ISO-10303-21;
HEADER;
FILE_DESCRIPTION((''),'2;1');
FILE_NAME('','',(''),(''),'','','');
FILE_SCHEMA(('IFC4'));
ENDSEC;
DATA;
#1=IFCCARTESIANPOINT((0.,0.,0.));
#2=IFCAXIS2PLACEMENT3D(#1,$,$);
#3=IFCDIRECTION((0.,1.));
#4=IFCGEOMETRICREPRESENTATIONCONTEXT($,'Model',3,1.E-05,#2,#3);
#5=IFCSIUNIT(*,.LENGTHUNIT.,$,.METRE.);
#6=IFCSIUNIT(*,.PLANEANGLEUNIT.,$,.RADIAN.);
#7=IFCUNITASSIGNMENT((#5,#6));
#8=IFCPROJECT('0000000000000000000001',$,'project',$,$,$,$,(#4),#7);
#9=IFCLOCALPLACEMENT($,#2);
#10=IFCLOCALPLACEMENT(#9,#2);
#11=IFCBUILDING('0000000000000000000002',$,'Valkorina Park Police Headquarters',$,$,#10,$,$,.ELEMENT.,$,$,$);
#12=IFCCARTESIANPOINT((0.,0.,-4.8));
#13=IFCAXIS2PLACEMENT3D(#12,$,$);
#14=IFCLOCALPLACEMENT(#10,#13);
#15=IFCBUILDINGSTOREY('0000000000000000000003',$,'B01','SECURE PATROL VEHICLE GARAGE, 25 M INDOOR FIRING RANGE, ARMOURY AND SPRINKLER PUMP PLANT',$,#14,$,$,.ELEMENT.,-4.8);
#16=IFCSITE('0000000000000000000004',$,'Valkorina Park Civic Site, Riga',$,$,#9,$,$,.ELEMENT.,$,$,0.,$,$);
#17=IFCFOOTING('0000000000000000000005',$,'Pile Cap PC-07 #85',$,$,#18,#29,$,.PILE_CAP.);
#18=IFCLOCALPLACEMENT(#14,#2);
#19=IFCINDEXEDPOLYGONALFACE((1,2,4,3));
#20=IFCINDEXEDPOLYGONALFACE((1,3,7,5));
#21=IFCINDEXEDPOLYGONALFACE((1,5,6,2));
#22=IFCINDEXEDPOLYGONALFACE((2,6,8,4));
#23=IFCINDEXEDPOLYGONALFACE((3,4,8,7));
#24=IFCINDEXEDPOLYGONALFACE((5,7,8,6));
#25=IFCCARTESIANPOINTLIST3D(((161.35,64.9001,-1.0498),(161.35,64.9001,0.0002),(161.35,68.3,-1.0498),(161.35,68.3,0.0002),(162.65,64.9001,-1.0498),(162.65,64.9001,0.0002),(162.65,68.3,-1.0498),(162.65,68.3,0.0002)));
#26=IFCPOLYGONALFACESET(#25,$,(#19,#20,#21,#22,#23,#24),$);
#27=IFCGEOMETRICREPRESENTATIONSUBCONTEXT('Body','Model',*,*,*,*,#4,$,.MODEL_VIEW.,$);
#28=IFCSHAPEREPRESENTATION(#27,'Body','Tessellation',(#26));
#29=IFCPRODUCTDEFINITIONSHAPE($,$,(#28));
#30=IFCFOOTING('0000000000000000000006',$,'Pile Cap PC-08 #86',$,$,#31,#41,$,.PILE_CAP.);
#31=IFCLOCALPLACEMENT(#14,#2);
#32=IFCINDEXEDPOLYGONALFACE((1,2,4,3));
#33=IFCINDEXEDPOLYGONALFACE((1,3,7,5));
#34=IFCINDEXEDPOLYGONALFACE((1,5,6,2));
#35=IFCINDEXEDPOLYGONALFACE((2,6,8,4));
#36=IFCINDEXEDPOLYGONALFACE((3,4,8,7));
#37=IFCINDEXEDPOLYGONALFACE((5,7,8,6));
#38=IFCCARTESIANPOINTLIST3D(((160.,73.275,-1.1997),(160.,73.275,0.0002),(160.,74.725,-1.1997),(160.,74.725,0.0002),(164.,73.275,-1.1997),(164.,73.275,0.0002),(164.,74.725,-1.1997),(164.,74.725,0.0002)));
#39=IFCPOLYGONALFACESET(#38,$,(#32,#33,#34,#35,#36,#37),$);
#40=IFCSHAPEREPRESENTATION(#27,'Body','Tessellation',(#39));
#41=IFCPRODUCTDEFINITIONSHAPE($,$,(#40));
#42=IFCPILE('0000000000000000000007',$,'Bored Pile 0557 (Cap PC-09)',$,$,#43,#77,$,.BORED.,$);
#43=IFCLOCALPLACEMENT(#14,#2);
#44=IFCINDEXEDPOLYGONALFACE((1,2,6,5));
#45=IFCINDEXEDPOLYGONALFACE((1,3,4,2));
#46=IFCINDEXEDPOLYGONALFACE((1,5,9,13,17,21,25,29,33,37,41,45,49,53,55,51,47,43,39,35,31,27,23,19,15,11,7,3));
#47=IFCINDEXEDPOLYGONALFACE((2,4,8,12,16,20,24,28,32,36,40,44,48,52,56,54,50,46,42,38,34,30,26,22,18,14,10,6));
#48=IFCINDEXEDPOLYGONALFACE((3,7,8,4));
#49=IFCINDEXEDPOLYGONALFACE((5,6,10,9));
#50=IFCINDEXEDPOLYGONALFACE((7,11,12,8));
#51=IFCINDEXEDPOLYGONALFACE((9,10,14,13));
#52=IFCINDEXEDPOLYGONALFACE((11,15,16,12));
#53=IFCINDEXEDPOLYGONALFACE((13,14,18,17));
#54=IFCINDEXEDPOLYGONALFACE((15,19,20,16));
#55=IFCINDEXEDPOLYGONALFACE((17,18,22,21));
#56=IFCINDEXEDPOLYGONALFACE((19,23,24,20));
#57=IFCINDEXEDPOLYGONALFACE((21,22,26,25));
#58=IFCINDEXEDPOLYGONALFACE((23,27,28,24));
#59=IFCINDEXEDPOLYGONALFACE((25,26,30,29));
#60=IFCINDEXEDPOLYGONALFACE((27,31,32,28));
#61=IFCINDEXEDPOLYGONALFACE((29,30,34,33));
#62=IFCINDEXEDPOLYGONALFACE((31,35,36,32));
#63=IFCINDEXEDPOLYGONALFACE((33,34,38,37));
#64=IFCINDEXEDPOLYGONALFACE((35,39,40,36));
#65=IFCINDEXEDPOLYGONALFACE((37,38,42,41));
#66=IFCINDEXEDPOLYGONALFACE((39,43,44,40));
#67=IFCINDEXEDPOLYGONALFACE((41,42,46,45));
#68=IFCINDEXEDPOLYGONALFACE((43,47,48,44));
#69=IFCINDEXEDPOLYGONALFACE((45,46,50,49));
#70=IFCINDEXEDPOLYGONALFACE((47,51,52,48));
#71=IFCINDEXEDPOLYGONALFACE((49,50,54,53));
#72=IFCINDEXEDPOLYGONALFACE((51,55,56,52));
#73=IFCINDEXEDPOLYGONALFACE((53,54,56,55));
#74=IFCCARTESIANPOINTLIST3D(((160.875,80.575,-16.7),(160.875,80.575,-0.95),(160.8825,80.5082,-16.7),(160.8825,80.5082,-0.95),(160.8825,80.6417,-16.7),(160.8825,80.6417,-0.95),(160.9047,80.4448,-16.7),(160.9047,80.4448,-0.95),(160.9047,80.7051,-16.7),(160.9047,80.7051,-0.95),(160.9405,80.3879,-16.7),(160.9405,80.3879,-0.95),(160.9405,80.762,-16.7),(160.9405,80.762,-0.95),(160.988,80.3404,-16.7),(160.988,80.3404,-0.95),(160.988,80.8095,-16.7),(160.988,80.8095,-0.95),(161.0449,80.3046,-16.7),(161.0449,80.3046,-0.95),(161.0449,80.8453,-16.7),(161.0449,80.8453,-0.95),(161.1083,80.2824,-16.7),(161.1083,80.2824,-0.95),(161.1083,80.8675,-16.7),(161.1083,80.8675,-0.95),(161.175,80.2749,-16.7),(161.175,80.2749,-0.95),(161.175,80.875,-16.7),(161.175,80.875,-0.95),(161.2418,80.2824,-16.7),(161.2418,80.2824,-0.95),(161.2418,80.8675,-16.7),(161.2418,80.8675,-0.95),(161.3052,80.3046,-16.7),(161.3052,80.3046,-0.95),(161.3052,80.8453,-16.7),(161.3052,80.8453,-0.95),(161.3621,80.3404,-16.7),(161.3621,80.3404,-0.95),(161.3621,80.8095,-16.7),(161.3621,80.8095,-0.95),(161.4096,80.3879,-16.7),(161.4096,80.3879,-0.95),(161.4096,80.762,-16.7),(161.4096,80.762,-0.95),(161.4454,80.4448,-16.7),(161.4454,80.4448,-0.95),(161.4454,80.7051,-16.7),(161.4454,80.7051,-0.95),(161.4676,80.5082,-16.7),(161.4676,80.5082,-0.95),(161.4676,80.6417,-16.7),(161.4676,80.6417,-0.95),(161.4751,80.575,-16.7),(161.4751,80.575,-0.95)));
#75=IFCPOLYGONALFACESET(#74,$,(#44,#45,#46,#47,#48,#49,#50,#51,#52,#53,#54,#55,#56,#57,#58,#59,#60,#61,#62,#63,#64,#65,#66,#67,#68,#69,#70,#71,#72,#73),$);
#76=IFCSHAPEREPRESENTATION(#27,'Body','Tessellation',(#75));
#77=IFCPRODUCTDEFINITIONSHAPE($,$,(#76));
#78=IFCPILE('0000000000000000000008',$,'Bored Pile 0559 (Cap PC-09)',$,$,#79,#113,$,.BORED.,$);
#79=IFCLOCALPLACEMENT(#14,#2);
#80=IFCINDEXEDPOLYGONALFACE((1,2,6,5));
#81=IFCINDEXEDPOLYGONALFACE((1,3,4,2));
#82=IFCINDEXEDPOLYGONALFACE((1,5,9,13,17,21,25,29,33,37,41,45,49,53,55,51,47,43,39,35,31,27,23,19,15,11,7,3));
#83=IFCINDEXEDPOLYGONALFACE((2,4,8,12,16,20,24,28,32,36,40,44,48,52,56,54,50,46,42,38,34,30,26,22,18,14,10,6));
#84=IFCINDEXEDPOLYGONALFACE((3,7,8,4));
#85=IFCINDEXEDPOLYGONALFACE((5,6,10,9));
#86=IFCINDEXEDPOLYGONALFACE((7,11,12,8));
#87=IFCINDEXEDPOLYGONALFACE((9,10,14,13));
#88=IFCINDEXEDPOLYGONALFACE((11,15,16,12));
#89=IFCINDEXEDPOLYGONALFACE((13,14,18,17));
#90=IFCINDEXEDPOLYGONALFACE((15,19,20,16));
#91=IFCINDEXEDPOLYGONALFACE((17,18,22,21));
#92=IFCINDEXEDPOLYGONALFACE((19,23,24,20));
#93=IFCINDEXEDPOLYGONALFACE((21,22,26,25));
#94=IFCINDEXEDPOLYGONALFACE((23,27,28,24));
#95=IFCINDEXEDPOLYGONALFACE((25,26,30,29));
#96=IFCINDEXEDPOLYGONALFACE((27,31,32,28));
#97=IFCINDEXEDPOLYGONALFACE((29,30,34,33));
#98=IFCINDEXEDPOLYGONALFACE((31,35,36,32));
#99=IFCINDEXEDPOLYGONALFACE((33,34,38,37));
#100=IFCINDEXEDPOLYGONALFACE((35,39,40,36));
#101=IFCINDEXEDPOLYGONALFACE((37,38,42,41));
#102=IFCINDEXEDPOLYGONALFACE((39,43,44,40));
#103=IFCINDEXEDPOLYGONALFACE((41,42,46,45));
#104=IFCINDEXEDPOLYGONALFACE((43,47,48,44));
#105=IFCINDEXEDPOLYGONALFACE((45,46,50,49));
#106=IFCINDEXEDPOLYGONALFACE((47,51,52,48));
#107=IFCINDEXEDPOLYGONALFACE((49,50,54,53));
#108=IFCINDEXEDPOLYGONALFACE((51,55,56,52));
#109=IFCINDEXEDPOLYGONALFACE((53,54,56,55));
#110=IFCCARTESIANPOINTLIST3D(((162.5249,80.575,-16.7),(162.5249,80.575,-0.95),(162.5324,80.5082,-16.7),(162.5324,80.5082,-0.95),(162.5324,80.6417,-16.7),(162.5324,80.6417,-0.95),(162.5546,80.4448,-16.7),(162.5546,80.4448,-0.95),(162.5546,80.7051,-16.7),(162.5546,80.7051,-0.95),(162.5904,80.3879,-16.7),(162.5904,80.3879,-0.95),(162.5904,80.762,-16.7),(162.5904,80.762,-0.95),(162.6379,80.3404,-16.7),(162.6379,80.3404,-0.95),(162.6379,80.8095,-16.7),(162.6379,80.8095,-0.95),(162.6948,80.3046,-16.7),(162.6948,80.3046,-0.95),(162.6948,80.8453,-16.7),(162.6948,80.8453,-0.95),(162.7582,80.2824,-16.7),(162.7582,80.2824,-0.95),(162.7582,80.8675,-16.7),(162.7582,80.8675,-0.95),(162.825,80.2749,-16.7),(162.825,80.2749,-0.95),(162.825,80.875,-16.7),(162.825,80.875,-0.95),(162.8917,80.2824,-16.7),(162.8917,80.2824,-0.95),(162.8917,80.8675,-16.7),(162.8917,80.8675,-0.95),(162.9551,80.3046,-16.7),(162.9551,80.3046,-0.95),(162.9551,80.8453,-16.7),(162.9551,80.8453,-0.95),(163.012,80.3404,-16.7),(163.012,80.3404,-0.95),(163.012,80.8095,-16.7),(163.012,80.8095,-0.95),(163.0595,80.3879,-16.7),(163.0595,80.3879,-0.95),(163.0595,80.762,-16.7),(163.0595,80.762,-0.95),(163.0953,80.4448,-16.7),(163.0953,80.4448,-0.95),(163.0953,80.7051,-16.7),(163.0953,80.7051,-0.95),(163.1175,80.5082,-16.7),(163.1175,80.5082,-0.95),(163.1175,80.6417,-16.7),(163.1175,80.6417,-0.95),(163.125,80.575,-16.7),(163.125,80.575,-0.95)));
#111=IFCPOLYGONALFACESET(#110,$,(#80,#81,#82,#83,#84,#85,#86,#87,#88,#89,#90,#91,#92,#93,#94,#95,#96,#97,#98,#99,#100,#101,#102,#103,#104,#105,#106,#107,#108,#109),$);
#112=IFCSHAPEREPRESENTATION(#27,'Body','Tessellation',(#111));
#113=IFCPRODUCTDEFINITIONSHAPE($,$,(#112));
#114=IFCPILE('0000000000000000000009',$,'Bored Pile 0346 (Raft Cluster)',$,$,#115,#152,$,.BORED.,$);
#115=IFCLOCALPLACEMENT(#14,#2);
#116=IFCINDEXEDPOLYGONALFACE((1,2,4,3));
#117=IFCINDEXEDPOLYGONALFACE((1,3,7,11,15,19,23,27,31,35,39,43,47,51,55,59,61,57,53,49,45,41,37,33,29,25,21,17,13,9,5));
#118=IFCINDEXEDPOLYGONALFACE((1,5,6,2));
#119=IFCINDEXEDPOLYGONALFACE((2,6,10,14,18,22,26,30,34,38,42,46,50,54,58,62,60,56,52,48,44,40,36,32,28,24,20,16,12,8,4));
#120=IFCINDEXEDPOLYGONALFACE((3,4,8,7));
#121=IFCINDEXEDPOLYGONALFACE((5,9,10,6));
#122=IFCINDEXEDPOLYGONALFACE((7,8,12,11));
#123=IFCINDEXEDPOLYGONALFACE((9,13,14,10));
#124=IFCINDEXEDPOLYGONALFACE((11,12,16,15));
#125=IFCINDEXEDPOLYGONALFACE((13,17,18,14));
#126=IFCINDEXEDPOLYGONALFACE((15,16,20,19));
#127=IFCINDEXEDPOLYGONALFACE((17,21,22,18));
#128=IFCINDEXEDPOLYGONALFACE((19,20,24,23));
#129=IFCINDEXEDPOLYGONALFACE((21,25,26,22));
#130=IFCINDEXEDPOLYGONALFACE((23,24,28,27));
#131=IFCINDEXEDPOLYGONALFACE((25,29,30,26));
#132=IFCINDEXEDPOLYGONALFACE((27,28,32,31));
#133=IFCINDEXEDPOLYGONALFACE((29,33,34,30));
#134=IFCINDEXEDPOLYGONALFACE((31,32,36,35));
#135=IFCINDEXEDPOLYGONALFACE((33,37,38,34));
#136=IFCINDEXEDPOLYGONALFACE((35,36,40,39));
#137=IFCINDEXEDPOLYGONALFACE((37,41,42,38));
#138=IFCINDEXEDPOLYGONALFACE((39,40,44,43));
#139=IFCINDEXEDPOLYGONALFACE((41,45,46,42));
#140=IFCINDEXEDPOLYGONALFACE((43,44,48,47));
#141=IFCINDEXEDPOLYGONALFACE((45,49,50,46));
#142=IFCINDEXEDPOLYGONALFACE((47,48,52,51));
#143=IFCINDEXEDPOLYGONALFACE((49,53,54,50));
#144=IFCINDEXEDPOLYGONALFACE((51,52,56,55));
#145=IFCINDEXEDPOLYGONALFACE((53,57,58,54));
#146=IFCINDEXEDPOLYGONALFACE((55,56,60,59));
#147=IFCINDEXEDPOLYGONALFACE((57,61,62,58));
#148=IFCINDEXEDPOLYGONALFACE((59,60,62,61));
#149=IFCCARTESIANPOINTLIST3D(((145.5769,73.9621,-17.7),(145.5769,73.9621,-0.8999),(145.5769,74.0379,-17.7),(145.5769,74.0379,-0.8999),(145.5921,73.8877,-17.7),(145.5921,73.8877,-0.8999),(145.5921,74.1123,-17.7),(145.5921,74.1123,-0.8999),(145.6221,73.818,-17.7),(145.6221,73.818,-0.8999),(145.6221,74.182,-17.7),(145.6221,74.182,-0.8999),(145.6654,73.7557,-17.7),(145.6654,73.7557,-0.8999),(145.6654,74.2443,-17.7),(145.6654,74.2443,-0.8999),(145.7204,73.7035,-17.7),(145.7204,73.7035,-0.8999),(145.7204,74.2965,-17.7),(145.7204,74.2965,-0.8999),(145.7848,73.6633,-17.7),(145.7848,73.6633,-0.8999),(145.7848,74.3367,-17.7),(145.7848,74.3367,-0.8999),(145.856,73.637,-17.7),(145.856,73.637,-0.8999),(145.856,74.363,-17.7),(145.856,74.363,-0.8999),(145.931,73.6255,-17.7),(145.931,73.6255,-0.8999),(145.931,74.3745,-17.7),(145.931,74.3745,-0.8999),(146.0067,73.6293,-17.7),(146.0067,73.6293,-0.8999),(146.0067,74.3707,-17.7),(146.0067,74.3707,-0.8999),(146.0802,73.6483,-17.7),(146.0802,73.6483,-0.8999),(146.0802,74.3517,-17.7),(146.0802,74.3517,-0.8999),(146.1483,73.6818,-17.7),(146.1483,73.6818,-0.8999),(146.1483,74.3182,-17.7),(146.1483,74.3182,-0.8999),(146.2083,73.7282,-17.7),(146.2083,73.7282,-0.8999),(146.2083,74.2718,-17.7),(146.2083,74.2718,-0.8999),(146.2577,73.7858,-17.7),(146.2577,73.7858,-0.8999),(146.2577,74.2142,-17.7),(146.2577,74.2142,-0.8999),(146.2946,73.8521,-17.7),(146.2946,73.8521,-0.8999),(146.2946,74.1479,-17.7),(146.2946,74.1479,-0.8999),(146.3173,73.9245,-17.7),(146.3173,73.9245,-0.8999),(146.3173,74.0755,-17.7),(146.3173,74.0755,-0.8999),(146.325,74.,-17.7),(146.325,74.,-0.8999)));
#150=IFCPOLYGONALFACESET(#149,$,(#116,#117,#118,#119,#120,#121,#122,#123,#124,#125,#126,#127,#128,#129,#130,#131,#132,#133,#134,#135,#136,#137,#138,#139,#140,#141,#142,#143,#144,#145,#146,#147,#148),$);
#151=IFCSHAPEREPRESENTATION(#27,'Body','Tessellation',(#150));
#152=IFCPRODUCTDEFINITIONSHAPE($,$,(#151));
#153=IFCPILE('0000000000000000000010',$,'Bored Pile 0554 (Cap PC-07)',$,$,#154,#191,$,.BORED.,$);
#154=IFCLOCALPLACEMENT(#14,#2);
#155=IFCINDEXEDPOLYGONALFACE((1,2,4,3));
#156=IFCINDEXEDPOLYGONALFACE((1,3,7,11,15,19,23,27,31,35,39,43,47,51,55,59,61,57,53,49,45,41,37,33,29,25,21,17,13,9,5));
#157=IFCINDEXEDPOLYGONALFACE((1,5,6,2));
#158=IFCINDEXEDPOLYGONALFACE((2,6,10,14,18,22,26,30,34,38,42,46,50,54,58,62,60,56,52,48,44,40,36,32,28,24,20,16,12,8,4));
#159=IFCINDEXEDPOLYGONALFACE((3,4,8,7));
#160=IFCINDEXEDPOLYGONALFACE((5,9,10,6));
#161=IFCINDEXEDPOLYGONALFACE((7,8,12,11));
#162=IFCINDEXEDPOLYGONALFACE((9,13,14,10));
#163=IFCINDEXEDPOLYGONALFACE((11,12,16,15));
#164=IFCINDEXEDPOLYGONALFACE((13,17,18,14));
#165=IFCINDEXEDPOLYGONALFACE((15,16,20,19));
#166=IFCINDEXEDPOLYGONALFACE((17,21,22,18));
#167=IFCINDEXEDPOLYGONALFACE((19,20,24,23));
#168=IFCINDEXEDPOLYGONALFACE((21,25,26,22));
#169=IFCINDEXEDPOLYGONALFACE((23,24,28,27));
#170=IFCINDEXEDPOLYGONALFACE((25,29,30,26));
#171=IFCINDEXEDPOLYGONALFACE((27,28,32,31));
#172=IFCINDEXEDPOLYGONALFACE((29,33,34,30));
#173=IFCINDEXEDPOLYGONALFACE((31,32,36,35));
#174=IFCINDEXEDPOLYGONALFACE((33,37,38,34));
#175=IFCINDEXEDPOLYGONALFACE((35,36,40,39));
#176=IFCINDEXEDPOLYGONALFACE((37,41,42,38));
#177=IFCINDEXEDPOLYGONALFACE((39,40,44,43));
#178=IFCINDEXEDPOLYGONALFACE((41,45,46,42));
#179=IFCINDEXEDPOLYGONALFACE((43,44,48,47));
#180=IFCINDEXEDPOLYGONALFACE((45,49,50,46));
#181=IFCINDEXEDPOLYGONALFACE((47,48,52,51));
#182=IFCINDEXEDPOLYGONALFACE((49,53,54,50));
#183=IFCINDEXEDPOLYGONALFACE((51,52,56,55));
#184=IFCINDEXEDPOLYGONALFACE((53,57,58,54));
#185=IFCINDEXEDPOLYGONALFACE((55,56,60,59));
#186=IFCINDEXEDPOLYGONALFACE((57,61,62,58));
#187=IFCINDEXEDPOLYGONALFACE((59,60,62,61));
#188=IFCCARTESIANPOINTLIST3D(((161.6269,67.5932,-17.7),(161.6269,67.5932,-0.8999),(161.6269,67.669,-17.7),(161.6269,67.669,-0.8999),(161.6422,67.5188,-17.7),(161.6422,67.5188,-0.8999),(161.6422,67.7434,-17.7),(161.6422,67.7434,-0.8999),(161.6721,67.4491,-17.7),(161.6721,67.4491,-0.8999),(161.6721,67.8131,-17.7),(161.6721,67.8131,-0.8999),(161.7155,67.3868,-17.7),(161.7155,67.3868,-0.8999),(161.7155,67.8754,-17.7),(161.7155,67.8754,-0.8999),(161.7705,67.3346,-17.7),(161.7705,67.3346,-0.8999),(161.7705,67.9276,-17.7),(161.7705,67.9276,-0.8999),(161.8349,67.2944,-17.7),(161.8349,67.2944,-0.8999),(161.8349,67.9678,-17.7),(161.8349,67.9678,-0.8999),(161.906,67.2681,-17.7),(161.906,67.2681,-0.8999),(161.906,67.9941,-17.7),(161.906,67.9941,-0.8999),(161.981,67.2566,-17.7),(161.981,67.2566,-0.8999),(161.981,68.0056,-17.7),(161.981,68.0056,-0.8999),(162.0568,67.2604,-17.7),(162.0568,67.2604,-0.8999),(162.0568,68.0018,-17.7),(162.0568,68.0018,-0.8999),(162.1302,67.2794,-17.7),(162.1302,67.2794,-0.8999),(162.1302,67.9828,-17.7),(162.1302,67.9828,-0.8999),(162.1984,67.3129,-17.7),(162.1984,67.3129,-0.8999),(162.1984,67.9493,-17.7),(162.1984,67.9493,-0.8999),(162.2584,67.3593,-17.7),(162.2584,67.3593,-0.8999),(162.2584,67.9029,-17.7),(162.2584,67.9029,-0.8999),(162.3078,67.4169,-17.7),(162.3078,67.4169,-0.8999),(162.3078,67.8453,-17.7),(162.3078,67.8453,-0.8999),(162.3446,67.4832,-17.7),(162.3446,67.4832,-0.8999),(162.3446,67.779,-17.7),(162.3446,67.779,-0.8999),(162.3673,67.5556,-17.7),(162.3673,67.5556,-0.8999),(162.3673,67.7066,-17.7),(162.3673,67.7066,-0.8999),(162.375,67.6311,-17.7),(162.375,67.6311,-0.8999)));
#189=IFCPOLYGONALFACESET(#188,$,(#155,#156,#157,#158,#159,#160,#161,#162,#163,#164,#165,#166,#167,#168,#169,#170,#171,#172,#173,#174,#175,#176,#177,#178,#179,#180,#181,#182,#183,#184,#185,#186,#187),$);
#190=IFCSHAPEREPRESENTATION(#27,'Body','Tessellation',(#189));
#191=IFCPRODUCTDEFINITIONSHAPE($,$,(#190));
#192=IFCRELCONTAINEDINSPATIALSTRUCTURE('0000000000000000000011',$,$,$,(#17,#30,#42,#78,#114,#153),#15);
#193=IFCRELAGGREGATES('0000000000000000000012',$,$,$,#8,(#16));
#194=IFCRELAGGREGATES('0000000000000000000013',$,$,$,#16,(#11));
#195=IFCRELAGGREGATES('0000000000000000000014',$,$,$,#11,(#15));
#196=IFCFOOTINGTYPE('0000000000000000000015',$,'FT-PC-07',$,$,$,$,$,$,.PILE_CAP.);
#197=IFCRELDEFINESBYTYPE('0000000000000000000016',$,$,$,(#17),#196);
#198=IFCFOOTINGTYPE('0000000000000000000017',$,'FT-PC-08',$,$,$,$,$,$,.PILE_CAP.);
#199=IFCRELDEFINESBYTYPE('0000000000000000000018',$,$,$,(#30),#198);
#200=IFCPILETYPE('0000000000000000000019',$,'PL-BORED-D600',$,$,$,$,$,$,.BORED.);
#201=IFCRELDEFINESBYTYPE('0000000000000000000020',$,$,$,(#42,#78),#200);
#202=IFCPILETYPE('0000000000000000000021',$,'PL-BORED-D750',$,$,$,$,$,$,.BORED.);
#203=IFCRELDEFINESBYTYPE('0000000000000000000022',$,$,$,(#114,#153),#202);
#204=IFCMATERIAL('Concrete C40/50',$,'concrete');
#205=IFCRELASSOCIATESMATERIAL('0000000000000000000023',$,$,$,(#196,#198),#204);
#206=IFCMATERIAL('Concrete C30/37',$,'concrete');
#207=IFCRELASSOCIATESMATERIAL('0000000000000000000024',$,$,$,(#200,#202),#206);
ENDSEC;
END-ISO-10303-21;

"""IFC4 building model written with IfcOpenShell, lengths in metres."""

from ifc_helpers import new_model, si_unit, direction, frame, origin, origin_2d, place, context, subcontext, project, spatial, rectangle, circle, extrude, material, material_profile, profile_set, type_object, element, save


model = new_model("IFC4")

# Units and contexts
model_context = context("Model", 3, precision=1e-05, world=origin(), true_north=direction((0.0, 1.0)))
body_context = subcontext(model_context, "Body", "Model", "MODEL_VIEW")
ifc_project = project(units=[si_unit("LENGTHUNIT", "METRE"), si_unit("PLANEANGLEUNIT", "RADIAN")], contexts=[model_context])

# Site, building, storey
site_placement = place(None, origin())
site = spatial("IfcSite", under=ifc_project, at=site_placement, Name="Valkorina Park Civic Site, Riga", CompositionType="ELEMENT", RefElevation=0.0)
building_placement = place(site_placement, origin())
building = spatial("IfcBuilding", under=site, at=building_placement, Name="Valkorina Park Police Headquarters", CompositionType="ELEMENT")
storey_placement = place(building_placement, frame((0.0, 0.0, -4.8)))
storey = spatial("IfcBuildingStorey", under=building, at=storey_placement, Name="B01", Description="SECURE PATROL VEHICLE GARAGE, 25 M INDOOR FIRING RANGE, ARMOURY AND SPRINKLER PUMP PLANT", CompositionType="ELEMENT", Elevation=-4.8)

# Footings
ifc_material_1 = material(Name="Concrete C40/50", Category="concrete")
footing_type_1 = type_object("IfcFootingType", Name="FT-PC-07", PredefinedType="PILE_CAP", material=ifc_material_1)
footing_1_placement = place(storey_placement, frame((162.0, 66.6001, -1.0498), z_axis=(0.0, 0.0, 1.0), x_axis=(1.0, 0.0, 0.0)))
element("IfcFooting", 1, at=footing_1_placement, inside=storey, type_object=footing_type_1, Name="Pile Cap PC-07 #85", PredefinedType="PILE_CAP", context=body_context, shape_type="SweptSolid", body=[
    extrude(rectangle(XDim=1.3, YDim=3.3999, at=origin_2d()), origin(), (0.0, 0.0, 1.0), 1.05),
])
footing_type_2 = type_object("IfcFootingType", Name="FT-PC-08", PredefinedType="PILE_CAP", material=ifc_material_1)
footing_2_placement = place(storey_placement, frame((162.0, 74.0, -1.1997), z_axis=(0.0, 0.0, 1.0), x_axis=(1.0, 0.0, 0.0)))
element("IfcFooting", 2, at=footing_2_placement, inside=storey, type_object=footing_type_2, Name="Pile Cap PC-08 #86", PredefinedType="PILE_CAP", context=body_context, shape_type="SweptSolid", body=[
    extrude(rectangle(XDim=4.0, YDim=1.45, at=origin_2d()), origin(), (0.0, 0.0, 1.0), 1.2),
])

# Piles
ifc_material_2 = material(Name="Concrete C30/37", Category="concrete")
ifc_material_profile_1 = material_profile(ifc_material_2, circle(Radius=0.3, at=origin_2d()), Name="BORED PILE D600")
ifc_profile_set_1 = profile_set([ifc_material_profile_1], Name="Concrete C30/37")
pile_type_1 = type_object("IfcPileType", Name="PL-BORED-D600", PredefinedType="BORED", material=ifc_profile_set_1)
for number, where, z_axis, x_axis, name in (
    (3, (161.175, 80.575, -0.95), (0.0, 0.0, -1.0), (1.0, 0.0, 0.0), "Bored Pile 0557 (Cap PC-09)"),
    (4, (162.825, 80.575, -0.95), (0.0, 0.0, -1.0), (1.0, 0.0, 0.0), "Bored Pile 0559 (Cap PC-09)"),
):
    element("IfcPile", number, at=place(storey_placement, frame(where, z_axis=z_axis, x_axis=x_axis)), inside=storey, type_object=pile_type_1, Name=name, PredefinedType="BORED", context=body_context, shape_type="SweptSolid", body=[
        extrude(circle(Radius=0.3, at=origin_2d()), origin(), (0.0, 0.0, 1.0), 15.75),
    ])
ifc_material_profile_2 = material_profile(ifc_material_2, circle(Radius=0.375, at=origin_2d()), Name="BORED PILE D750")
ifc_profile_set_2 = profile_set([ifc_material_profile_2], Name="Concrete C30/37")
pile_type_2 = type_object("IfcPileType", Name="PL-BORED-D750", PredefinedType="BORED", material=ifc_profile_set_2)
for number, where, z_axis, x_axis, name in (
    (5, (145.95, 74.0, -0.8999), (0.0, 0.0, -1.0), (1.0, 0.0, 0.0), "Bored Pile 0346 (Raft Cluster)"),
    (6, (162.0, 67.6311, -0.8999), (0.0, 0.0, -1.0), (1.0, 0.0, 0.0), "Bored Pile 0554 (Cap PC-07)"),
):
    element("IfcPile", number, at=place(storey_placement, frame(where, z_axis=z_axis, x_axis=x_axis)), inside=storey, type_object=pile_type_2, Name=name, PredefinedType="BORED", context=body_context, shape_type="SweptSolid", body=[
        extrude(circle(Radius=0.375, at=origin_2d()), origin(), (0.0, 0.0, 1.0), 16.8),
    ])

save(model, "model.ifc")
